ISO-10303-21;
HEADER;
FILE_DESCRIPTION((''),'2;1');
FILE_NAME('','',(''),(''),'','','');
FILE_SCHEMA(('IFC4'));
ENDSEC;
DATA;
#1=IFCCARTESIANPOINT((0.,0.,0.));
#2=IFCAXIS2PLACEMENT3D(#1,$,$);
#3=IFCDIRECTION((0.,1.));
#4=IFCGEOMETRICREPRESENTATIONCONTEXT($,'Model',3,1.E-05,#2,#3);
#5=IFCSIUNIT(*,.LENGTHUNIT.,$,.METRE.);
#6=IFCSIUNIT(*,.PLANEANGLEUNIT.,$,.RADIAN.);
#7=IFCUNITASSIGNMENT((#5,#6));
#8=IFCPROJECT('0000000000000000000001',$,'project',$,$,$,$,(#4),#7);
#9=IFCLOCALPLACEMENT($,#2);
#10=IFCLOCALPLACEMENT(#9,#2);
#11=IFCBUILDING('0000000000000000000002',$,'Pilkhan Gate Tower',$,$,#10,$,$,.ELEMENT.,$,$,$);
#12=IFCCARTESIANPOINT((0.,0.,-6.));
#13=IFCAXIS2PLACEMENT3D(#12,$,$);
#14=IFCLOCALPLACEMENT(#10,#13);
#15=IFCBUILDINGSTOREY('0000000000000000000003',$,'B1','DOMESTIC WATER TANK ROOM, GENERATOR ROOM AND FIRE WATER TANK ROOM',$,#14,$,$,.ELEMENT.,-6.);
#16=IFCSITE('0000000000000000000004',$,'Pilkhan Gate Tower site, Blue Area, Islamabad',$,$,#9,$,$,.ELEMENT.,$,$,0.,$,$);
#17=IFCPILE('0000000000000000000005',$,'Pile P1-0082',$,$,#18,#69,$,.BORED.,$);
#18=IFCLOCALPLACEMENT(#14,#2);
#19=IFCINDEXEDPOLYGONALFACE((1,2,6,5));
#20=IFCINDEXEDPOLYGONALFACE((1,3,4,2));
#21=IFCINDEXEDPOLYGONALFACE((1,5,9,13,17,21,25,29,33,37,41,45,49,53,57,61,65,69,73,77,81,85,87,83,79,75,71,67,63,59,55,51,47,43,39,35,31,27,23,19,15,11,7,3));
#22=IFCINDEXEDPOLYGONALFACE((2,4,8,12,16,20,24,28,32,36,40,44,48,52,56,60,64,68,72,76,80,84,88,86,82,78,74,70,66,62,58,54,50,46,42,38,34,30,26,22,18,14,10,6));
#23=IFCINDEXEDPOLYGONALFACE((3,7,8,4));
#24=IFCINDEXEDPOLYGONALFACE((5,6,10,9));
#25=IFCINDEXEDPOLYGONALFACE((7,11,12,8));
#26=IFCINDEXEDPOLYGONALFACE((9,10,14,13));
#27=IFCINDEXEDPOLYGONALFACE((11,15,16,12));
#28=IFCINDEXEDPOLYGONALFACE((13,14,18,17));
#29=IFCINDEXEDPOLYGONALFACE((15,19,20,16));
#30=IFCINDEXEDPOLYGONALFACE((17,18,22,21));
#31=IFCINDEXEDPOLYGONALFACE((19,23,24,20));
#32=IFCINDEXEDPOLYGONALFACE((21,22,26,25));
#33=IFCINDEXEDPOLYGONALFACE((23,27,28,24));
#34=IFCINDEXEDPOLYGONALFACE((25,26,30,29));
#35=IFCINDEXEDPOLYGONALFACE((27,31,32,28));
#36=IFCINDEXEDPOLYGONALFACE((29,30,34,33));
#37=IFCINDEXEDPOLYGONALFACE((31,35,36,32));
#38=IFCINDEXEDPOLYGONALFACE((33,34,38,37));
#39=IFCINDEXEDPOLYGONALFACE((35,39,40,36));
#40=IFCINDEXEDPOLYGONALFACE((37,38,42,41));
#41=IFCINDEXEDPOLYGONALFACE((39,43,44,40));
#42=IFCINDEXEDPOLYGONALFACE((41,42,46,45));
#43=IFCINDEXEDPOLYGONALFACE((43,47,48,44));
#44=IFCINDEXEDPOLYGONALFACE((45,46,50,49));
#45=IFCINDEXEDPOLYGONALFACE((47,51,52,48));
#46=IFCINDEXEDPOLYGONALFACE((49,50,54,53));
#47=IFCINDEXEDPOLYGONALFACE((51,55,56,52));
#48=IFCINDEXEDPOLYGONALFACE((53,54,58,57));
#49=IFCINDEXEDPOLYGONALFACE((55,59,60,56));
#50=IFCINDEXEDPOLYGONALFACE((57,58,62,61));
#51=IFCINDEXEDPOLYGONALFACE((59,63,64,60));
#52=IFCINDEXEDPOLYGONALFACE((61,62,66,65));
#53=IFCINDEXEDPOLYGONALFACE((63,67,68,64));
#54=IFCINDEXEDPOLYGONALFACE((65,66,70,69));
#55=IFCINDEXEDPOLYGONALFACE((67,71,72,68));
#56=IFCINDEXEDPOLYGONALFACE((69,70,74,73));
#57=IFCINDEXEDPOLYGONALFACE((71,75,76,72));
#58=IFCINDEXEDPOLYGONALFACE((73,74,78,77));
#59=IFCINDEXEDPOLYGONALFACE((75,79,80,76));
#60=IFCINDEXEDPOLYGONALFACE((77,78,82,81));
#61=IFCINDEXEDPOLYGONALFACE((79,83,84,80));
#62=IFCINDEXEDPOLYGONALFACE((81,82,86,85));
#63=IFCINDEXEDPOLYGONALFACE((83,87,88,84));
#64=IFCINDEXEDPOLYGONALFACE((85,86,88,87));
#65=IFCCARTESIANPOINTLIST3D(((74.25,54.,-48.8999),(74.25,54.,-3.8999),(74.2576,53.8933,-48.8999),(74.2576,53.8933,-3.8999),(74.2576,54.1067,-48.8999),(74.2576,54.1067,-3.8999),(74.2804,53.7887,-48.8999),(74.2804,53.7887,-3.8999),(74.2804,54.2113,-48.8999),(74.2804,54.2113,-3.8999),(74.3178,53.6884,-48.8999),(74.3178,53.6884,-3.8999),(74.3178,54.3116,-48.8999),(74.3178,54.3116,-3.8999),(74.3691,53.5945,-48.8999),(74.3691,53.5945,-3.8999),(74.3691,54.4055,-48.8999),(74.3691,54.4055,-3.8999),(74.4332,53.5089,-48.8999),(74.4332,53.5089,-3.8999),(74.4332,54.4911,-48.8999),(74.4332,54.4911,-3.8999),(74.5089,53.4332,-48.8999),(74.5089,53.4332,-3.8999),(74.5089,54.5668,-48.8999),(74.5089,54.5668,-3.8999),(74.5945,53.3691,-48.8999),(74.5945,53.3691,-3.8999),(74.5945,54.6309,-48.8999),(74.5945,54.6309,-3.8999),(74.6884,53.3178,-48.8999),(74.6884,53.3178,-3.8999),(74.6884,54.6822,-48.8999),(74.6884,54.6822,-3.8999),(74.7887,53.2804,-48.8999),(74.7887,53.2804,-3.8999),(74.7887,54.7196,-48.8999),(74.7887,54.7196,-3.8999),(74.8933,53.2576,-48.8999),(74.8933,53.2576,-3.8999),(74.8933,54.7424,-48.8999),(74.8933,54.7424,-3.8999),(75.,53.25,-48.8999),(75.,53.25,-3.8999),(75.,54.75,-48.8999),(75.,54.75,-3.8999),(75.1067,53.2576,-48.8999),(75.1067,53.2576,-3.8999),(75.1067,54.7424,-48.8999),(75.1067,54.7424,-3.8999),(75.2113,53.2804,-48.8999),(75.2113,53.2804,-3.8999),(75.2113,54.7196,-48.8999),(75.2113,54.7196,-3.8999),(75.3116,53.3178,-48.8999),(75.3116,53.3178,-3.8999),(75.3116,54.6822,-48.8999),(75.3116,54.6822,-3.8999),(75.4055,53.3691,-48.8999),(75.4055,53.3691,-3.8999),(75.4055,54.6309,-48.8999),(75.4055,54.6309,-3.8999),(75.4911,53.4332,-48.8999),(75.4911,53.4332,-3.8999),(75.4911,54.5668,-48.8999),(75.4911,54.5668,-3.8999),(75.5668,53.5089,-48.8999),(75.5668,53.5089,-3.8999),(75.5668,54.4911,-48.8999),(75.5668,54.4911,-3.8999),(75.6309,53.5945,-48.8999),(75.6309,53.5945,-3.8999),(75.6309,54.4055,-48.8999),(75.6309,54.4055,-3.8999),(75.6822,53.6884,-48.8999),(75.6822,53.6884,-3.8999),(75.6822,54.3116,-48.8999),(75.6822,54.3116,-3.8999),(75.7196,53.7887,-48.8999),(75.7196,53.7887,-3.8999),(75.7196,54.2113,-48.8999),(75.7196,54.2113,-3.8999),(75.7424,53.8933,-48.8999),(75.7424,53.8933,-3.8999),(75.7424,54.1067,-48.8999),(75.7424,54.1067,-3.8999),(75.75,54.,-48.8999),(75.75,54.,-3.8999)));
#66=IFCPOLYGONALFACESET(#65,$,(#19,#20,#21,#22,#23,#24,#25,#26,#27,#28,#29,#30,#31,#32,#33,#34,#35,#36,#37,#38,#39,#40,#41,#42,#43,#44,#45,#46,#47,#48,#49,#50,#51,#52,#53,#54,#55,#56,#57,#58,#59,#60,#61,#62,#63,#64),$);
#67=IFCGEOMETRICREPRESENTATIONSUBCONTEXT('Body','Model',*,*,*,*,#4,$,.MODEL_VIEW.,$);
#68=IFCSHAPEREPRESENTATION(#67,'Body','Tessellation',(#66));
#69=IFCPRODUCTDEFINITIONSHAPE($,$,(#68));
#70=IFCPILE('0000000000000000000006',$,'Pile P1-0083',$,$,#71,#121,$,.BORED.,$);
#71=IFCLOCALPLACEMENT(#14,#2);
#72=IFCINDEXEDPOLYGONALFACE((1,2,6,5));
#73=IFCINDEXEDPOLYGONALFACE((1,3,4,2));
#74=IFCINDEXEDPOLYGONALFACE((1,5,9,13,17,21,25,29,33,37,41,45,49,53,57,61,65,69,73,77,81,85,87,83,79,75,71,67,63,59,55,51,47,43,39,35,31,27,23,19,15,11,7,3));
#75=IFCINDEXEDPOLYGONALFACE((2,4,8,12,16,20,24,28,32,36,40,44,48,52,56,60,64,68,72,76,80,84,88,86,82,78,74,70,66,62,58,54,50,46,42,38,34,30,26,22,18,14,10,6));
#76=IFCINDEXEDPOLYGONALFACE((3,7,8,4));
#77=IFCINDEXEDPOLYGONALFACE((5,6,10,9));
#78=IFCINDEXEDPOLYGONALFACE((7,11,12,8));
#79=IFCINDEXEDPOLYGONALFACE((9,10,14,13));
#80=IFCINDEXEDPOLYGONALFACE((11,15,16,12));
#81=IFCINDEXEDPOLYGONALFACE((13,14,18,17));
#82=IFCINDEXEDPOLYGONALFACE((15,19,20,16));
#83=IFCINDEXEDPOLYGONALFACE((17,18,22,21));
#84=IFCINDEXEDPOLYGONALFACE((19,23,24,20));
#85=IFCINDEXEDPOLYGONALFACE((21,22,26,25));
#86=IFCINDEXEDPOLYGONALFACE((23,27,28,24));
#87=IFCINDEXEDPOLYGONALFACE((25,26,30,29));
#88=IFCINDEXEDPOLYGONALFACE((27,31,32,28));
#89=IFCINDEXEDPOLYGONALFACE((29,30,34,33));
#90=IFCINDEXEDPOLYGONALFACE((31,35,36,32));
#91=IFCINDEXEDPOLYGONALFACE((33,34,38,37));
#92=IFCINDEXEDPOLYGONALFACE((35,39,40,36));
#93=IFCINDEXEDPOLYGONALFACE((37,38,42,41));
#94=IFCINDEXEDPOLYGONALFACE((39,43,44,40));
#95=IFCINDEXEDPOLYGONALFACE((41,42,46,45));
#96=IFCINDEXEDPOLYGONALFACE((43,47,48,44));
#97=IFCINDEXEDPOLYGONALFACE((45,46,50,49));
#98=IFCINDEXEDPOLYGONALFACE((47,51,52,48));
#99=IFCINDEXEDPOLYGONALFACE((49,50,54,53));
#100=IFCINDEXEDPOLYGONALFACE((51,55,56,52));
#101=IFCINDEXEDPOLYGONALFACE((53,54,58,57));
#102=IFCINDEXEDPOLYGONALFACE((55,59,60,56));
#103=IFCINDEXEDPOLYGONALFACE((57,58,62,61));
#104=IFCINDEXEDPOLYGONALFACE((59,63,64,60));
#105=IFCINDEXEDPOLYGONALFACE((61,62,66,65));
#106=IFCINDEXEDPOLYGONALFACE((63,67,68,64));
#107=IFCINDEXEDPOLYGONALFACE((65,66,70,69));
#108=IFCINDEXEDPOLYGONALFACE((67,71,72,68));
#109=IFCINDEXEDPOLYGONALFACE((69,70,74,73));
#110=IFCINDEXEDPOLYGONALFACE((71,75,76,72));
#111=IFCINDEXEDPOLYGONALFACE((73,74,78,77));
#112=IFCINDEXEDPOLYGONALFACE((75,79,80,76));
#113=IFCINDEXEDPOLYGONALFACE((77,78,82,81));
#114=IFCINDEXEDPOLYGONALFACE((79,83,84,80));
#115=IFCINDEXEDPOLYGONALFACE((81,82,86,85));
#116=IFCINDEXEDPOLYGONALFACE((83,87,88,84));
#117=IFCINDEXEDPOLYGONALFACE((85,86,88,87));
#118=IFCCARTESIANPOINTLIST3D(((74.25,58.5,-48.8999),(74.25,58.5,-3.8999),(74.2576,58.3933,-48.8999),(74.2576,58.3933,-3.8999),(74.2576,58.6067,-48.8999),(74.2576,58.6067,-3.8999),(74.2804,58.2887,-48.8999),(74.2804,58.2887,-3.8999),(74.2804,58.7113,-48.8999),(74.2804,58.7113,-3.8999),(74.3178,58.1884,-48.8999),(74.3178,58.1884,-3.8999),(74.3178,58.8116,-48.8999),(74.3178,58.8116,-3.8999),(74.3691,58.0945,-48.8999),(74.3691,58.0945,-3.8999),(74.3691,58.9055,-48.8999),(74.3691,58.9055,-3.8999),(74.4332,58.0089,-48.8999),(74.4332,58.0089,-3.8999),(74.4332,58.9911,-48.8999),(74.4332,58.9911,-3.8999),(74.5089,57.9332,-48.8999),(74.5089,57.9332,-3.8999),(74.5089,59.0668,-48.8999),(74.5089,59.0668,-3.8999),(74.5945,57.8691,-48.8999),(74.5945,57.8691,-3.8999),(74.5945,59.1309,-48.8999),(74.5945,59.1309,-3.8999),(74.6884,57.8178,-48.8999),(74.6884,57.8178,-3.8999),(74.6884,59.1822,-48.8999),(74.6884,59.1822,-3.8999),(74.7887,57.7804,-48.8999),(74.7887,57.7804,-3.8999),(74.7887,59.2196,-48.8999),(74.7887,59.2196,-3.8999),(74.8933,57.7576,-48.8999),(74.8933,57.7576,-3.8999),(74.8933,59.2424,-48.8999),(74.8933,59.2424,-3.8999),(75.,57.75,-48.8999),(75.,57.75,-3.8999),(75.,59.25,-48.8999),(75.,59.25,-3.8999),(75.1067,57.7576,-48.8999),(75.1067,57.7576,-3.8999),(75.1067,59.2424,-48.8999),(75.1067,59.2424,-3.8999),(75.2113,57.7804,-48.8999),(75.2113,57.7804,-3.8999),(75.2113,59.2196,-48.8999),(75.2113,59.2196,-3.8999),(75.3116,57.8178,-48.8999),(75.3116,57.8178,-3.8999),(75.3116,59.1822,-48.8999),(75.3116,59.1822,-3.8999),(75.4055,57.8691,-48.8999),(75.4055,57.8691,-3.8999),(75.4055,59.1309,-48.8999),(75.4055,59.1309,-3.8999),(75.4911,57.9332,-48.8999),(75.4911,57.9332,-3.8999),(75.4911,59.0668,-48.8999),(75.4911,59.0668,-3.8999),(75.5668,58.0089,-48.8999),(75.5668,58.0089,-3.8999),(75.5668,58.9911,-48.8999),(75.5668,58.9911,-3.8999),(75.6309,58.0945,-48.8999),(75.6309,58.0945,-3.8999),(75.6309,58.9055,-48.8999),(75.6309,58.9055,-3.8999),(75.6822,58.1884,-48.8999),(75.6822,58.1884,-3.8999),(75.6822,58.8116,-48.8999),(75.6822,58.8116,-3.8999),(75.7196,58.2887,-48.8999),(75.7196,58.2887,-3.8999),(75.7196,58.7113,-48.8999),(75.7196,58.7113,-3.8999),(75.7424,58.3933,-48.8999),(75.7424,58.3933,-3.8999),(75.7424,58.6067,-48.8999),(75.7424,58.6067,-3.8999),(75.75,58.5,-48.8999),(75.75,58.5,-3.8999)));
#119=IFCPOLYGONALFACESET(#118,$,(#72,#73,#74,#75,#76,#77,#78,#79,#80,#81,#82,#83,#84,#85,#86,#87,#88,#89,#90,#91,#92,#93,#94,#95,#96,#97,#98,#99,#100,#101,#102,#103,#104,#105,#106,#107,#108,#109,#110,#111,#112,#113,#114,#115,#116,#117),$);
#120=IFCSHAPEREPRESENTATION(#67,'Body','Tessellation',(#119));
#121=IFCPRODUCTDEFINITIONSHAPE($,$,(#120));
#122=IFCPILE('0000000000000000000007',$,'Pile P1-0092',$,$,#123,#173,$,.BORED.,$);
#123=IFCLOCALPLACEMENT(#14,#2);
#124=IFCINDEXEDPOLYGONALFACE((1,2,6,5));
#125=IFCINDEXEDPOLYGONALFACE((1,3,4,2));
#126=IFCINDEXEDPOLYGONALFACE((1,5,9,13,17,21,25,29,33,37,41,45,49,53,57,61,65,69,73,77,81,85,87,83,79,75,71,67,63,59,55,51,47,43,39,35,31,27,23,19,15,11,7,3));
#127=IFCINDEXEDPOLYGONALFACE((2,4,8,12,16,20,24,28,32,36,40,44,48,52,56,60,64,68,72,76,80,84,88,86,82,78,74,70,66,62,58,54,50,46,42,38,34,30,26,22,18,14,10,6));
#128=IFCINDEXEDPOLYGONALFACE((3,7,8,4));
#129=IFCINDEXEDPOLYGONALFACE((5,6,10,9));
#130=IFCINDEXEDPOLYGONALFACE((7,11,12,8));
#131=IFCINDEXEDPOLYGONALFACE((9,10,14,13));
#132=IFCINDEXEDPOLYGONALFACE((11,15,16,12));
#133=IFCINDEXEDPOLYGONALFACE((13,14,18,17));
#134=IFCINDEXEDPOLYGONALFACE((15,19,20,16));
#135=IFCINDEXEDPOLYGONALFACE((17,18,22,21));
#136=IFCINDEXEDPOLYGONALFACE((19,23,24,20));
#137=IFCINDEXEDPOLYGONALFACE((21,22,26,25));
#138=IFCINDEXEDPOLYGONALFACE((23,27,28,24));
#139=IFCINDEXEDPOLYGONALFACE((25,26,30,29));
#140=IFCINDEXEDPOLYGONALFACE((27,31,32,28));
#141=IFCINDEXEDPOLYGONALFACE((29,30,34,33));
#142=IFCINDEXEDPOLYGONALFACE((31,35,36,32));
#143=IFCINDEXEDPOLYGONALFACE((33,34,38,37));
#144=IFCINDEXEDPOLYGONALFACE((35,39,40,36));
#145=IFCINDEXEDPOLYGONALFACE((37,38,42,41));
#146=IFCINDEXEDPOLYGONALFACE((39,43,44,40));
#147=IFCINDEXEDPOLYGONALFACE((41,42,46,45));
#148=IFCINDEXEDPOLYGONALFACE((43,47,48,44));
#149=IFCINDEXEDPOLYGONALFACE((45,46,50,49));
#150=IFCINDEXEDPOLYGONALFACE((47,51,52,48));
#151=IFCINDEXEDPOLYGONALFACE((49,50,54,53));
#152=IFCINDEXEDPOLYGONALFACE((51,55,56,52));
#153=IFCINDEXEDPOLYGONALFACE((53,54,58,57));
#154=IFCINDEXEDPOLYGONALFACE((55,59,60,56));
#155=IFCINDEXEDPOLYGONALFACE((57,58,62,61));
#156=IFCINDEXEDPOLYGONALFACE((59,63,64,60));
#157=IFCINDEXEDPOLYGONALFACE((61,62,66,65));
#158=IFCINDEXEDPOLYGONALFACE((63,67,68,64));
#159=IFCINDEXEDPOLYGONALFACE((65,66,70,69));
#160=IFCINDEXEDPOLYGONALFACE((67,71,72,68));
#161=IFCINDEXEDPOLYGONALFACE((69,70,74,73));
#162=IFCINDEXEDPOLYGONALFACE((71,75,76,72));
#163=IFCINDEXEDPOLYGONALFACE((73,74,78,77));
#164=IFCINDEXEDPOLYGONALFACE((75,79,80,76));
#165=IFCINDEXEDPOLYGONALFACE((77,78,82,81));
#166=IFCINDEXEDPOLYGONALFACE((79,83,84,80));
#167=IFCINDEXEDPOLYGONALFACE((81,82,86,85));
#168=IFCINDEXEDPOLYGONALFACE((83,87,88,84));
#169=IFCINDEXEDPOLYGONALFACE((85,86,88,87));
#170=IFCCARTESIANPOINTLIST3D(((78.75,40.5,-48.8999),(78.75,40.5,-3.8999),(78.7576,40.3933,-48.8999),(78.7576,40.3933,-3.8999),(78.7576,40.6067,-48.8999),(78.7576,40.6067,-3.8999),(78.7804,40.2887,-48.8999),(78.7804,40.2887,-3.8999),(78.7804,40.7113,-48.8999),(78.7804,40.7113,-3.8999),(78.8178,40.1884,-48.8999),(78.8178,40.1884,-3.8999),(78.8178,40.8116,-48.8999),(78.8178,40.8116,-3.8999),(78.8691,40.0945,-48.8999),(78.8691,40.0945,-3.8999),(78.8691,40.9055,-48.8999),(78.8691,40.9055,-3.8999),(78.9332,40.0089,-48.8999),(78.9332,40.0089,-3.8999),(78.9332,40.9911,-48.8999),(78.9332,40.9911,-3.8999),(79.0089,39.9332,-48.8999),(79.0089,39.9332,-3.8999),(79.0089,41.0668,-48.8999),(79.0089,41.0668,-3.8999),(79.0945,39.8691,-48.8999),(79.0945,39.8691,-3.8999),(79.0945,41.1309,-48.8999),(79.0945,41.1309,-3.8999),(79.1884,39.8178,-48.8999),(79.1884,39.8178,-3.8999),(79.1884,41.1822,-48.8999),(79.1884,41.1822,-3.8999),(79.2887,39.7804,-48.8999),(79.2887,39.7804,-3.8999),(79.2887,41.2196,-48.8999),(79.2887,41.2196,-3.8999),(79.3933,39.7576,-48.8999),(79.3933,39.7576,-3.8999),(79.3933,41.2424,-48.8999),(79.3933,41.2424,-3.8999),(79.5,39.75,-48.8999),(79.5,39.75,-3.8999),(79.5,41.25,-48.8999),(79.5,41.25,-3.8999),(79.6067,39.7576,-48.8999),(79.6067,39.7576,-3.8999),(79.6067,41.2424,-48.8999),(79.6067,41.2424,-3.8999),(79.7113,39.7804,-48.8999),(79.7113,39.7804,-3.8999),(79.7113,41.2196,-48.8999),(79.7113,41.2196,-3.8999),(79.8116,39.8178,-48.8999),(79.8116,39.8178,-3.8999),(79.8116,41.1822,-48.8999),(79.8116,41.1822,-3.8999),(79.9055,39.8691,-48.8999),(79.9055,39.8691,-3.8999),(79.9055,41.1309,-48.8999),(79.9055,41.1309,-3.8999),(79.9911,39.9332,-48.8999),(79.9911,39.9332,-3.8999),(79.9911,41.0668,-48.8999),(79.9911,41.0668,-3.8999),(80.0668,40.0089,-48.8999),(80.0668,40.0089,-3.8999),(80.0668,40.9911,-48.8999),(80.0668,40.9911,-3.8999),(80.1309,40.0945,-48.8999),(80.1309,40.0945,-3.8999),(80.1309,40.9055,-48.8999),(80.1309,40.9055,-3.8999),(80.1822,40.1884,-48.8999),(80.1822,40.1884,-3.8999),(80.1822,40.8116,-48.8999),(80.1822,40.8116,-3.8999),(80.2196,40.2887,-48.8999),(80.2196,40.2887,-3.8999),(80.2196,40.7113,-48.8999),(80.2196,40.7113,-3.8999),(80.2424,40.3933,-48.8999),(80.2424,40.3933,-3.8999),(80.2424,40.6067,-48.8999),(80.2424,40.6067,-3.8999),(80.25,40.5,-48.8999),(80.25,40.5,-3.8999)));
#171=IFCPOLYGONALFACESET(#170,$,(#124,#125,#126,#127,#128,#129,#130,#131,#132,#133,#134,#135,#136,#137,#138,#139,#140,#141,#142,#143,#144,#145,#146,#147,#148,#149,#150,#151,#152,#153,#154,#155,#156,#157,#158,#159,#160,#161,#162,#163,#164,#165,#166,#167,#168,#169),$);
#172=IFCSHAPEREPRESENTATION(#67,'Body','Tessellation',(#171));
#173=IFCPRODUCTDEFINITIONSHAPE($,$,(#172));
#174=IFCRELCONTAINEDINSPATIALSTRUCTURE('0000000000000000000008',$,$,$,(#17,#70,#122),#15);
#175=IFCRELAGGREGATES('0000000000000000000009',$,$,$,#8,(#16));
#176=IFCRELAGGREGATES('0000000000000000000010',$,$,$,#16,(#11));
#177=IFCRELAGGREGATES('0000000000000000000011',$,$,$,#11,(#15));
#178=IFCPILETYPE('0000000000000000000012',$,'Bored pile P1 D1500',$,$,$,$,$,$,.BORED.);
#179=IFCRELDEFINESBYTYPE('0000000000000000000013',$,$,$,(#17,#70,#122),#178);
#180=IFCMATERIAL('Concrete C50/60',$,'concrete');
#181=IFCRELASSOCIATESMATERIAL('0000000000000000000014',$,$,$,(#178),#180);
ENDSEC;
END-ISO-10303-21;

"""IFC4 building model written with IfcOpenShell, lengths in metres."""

from ifc_helpers import new_model, si_unit, direction, frame, origin, origin_2d, place, context, subcontext, project, spatial, circle, extrude, material, material_profile, profile_set, type_object, element, save


model = new_model("IFC4")

# Units and contexts
model_context = context("Model", 3, precision=1e-05, world=origin(), true_north=direction((0.0, 1.0)))
body_context = subcontext(model_context, "Body", "Model", "MODEL_VIEW")
ifc_project = project(units=[si_unit("LENGTHUNIT", "METRE"), si_unit("PLANEANGLEUNIT", "RADIAN")], contexts=[model_context])

# Site, building, storey
site_placement = place(None, origin())
site = spatial("IfcSite", under=ifc_project, at=site_placement, Name="Pilkhan Gate Tower site, Blue Area, Islamabad", CompositionType="ELEMENT", RefElevation=0.0)
building_placement = place(site_placement, origin())
building = spatial("IfcBuilding", under=site, at=building_placement, Name="Pilkhan Gate Tower", CompositionType="ELEMENT")
storey_placement = place(building_placement, frame((0.0, 0.0, -6.0)))
storey = spatial("IfcBuildingStorey", under=building, at=storey_placement, Name="B1", Description="DOMESTIC WATER TANK ROOM, GENERATOR ROOM AND FIRE WATER TANK ROOM", CompositionType="ELEMENT", Elevation=-6.0)

# Piles
ifc_material_1 = material(Name="Concrete C50/60", Category="concrete")
ifc_material_profile_1 = material_profile(ifc_material_1, circle(Radius=0.75, at=origin_2d()), Name="Bored pile 1500 dia")
ifc_profile_set_1 = profile_set([ifc_material_profile_1], Name="Concrete C50/60")
pile_type = type_object("IfcPileType", Name="Bored pile P1 D1500", PredefinedType="BORED", material=ifc_profile_set_1)
for number, where, z_axis, x_axis, name in (
    (1, (75.0, 54.0, -3.8999), (0.0, 0.0, -1.0), (1.0, 0.0, 0.0), "Pile P1-0082"),
    (2, (75.0, 58.5, -3.8999), (0.0, 0.0, -1.0), (1.0, 0.0, 0.0), "Pile P1-0083"),
    (3, (79.5, 40.5, -3.8999), (0.0, 0.0, -1.0), (1.0, 0.0, 0.0), "Pile P1-0092"),
):
    element("IfcPile", number, at=place(storey_placement, frame(where, z_axis=z_axis, x_axis=x_axis)), inside=storey, type_object=pile_type, Name=name, PredefinedType="BORED", context=body_context, shape_type="SweptSolid", body=[
        extrude(circle(Radius=0.75, at=origin_2d()), origin(), (0.0, 0.0, 1.0), 45.0),
    ])

save(model, "model.ifc")
